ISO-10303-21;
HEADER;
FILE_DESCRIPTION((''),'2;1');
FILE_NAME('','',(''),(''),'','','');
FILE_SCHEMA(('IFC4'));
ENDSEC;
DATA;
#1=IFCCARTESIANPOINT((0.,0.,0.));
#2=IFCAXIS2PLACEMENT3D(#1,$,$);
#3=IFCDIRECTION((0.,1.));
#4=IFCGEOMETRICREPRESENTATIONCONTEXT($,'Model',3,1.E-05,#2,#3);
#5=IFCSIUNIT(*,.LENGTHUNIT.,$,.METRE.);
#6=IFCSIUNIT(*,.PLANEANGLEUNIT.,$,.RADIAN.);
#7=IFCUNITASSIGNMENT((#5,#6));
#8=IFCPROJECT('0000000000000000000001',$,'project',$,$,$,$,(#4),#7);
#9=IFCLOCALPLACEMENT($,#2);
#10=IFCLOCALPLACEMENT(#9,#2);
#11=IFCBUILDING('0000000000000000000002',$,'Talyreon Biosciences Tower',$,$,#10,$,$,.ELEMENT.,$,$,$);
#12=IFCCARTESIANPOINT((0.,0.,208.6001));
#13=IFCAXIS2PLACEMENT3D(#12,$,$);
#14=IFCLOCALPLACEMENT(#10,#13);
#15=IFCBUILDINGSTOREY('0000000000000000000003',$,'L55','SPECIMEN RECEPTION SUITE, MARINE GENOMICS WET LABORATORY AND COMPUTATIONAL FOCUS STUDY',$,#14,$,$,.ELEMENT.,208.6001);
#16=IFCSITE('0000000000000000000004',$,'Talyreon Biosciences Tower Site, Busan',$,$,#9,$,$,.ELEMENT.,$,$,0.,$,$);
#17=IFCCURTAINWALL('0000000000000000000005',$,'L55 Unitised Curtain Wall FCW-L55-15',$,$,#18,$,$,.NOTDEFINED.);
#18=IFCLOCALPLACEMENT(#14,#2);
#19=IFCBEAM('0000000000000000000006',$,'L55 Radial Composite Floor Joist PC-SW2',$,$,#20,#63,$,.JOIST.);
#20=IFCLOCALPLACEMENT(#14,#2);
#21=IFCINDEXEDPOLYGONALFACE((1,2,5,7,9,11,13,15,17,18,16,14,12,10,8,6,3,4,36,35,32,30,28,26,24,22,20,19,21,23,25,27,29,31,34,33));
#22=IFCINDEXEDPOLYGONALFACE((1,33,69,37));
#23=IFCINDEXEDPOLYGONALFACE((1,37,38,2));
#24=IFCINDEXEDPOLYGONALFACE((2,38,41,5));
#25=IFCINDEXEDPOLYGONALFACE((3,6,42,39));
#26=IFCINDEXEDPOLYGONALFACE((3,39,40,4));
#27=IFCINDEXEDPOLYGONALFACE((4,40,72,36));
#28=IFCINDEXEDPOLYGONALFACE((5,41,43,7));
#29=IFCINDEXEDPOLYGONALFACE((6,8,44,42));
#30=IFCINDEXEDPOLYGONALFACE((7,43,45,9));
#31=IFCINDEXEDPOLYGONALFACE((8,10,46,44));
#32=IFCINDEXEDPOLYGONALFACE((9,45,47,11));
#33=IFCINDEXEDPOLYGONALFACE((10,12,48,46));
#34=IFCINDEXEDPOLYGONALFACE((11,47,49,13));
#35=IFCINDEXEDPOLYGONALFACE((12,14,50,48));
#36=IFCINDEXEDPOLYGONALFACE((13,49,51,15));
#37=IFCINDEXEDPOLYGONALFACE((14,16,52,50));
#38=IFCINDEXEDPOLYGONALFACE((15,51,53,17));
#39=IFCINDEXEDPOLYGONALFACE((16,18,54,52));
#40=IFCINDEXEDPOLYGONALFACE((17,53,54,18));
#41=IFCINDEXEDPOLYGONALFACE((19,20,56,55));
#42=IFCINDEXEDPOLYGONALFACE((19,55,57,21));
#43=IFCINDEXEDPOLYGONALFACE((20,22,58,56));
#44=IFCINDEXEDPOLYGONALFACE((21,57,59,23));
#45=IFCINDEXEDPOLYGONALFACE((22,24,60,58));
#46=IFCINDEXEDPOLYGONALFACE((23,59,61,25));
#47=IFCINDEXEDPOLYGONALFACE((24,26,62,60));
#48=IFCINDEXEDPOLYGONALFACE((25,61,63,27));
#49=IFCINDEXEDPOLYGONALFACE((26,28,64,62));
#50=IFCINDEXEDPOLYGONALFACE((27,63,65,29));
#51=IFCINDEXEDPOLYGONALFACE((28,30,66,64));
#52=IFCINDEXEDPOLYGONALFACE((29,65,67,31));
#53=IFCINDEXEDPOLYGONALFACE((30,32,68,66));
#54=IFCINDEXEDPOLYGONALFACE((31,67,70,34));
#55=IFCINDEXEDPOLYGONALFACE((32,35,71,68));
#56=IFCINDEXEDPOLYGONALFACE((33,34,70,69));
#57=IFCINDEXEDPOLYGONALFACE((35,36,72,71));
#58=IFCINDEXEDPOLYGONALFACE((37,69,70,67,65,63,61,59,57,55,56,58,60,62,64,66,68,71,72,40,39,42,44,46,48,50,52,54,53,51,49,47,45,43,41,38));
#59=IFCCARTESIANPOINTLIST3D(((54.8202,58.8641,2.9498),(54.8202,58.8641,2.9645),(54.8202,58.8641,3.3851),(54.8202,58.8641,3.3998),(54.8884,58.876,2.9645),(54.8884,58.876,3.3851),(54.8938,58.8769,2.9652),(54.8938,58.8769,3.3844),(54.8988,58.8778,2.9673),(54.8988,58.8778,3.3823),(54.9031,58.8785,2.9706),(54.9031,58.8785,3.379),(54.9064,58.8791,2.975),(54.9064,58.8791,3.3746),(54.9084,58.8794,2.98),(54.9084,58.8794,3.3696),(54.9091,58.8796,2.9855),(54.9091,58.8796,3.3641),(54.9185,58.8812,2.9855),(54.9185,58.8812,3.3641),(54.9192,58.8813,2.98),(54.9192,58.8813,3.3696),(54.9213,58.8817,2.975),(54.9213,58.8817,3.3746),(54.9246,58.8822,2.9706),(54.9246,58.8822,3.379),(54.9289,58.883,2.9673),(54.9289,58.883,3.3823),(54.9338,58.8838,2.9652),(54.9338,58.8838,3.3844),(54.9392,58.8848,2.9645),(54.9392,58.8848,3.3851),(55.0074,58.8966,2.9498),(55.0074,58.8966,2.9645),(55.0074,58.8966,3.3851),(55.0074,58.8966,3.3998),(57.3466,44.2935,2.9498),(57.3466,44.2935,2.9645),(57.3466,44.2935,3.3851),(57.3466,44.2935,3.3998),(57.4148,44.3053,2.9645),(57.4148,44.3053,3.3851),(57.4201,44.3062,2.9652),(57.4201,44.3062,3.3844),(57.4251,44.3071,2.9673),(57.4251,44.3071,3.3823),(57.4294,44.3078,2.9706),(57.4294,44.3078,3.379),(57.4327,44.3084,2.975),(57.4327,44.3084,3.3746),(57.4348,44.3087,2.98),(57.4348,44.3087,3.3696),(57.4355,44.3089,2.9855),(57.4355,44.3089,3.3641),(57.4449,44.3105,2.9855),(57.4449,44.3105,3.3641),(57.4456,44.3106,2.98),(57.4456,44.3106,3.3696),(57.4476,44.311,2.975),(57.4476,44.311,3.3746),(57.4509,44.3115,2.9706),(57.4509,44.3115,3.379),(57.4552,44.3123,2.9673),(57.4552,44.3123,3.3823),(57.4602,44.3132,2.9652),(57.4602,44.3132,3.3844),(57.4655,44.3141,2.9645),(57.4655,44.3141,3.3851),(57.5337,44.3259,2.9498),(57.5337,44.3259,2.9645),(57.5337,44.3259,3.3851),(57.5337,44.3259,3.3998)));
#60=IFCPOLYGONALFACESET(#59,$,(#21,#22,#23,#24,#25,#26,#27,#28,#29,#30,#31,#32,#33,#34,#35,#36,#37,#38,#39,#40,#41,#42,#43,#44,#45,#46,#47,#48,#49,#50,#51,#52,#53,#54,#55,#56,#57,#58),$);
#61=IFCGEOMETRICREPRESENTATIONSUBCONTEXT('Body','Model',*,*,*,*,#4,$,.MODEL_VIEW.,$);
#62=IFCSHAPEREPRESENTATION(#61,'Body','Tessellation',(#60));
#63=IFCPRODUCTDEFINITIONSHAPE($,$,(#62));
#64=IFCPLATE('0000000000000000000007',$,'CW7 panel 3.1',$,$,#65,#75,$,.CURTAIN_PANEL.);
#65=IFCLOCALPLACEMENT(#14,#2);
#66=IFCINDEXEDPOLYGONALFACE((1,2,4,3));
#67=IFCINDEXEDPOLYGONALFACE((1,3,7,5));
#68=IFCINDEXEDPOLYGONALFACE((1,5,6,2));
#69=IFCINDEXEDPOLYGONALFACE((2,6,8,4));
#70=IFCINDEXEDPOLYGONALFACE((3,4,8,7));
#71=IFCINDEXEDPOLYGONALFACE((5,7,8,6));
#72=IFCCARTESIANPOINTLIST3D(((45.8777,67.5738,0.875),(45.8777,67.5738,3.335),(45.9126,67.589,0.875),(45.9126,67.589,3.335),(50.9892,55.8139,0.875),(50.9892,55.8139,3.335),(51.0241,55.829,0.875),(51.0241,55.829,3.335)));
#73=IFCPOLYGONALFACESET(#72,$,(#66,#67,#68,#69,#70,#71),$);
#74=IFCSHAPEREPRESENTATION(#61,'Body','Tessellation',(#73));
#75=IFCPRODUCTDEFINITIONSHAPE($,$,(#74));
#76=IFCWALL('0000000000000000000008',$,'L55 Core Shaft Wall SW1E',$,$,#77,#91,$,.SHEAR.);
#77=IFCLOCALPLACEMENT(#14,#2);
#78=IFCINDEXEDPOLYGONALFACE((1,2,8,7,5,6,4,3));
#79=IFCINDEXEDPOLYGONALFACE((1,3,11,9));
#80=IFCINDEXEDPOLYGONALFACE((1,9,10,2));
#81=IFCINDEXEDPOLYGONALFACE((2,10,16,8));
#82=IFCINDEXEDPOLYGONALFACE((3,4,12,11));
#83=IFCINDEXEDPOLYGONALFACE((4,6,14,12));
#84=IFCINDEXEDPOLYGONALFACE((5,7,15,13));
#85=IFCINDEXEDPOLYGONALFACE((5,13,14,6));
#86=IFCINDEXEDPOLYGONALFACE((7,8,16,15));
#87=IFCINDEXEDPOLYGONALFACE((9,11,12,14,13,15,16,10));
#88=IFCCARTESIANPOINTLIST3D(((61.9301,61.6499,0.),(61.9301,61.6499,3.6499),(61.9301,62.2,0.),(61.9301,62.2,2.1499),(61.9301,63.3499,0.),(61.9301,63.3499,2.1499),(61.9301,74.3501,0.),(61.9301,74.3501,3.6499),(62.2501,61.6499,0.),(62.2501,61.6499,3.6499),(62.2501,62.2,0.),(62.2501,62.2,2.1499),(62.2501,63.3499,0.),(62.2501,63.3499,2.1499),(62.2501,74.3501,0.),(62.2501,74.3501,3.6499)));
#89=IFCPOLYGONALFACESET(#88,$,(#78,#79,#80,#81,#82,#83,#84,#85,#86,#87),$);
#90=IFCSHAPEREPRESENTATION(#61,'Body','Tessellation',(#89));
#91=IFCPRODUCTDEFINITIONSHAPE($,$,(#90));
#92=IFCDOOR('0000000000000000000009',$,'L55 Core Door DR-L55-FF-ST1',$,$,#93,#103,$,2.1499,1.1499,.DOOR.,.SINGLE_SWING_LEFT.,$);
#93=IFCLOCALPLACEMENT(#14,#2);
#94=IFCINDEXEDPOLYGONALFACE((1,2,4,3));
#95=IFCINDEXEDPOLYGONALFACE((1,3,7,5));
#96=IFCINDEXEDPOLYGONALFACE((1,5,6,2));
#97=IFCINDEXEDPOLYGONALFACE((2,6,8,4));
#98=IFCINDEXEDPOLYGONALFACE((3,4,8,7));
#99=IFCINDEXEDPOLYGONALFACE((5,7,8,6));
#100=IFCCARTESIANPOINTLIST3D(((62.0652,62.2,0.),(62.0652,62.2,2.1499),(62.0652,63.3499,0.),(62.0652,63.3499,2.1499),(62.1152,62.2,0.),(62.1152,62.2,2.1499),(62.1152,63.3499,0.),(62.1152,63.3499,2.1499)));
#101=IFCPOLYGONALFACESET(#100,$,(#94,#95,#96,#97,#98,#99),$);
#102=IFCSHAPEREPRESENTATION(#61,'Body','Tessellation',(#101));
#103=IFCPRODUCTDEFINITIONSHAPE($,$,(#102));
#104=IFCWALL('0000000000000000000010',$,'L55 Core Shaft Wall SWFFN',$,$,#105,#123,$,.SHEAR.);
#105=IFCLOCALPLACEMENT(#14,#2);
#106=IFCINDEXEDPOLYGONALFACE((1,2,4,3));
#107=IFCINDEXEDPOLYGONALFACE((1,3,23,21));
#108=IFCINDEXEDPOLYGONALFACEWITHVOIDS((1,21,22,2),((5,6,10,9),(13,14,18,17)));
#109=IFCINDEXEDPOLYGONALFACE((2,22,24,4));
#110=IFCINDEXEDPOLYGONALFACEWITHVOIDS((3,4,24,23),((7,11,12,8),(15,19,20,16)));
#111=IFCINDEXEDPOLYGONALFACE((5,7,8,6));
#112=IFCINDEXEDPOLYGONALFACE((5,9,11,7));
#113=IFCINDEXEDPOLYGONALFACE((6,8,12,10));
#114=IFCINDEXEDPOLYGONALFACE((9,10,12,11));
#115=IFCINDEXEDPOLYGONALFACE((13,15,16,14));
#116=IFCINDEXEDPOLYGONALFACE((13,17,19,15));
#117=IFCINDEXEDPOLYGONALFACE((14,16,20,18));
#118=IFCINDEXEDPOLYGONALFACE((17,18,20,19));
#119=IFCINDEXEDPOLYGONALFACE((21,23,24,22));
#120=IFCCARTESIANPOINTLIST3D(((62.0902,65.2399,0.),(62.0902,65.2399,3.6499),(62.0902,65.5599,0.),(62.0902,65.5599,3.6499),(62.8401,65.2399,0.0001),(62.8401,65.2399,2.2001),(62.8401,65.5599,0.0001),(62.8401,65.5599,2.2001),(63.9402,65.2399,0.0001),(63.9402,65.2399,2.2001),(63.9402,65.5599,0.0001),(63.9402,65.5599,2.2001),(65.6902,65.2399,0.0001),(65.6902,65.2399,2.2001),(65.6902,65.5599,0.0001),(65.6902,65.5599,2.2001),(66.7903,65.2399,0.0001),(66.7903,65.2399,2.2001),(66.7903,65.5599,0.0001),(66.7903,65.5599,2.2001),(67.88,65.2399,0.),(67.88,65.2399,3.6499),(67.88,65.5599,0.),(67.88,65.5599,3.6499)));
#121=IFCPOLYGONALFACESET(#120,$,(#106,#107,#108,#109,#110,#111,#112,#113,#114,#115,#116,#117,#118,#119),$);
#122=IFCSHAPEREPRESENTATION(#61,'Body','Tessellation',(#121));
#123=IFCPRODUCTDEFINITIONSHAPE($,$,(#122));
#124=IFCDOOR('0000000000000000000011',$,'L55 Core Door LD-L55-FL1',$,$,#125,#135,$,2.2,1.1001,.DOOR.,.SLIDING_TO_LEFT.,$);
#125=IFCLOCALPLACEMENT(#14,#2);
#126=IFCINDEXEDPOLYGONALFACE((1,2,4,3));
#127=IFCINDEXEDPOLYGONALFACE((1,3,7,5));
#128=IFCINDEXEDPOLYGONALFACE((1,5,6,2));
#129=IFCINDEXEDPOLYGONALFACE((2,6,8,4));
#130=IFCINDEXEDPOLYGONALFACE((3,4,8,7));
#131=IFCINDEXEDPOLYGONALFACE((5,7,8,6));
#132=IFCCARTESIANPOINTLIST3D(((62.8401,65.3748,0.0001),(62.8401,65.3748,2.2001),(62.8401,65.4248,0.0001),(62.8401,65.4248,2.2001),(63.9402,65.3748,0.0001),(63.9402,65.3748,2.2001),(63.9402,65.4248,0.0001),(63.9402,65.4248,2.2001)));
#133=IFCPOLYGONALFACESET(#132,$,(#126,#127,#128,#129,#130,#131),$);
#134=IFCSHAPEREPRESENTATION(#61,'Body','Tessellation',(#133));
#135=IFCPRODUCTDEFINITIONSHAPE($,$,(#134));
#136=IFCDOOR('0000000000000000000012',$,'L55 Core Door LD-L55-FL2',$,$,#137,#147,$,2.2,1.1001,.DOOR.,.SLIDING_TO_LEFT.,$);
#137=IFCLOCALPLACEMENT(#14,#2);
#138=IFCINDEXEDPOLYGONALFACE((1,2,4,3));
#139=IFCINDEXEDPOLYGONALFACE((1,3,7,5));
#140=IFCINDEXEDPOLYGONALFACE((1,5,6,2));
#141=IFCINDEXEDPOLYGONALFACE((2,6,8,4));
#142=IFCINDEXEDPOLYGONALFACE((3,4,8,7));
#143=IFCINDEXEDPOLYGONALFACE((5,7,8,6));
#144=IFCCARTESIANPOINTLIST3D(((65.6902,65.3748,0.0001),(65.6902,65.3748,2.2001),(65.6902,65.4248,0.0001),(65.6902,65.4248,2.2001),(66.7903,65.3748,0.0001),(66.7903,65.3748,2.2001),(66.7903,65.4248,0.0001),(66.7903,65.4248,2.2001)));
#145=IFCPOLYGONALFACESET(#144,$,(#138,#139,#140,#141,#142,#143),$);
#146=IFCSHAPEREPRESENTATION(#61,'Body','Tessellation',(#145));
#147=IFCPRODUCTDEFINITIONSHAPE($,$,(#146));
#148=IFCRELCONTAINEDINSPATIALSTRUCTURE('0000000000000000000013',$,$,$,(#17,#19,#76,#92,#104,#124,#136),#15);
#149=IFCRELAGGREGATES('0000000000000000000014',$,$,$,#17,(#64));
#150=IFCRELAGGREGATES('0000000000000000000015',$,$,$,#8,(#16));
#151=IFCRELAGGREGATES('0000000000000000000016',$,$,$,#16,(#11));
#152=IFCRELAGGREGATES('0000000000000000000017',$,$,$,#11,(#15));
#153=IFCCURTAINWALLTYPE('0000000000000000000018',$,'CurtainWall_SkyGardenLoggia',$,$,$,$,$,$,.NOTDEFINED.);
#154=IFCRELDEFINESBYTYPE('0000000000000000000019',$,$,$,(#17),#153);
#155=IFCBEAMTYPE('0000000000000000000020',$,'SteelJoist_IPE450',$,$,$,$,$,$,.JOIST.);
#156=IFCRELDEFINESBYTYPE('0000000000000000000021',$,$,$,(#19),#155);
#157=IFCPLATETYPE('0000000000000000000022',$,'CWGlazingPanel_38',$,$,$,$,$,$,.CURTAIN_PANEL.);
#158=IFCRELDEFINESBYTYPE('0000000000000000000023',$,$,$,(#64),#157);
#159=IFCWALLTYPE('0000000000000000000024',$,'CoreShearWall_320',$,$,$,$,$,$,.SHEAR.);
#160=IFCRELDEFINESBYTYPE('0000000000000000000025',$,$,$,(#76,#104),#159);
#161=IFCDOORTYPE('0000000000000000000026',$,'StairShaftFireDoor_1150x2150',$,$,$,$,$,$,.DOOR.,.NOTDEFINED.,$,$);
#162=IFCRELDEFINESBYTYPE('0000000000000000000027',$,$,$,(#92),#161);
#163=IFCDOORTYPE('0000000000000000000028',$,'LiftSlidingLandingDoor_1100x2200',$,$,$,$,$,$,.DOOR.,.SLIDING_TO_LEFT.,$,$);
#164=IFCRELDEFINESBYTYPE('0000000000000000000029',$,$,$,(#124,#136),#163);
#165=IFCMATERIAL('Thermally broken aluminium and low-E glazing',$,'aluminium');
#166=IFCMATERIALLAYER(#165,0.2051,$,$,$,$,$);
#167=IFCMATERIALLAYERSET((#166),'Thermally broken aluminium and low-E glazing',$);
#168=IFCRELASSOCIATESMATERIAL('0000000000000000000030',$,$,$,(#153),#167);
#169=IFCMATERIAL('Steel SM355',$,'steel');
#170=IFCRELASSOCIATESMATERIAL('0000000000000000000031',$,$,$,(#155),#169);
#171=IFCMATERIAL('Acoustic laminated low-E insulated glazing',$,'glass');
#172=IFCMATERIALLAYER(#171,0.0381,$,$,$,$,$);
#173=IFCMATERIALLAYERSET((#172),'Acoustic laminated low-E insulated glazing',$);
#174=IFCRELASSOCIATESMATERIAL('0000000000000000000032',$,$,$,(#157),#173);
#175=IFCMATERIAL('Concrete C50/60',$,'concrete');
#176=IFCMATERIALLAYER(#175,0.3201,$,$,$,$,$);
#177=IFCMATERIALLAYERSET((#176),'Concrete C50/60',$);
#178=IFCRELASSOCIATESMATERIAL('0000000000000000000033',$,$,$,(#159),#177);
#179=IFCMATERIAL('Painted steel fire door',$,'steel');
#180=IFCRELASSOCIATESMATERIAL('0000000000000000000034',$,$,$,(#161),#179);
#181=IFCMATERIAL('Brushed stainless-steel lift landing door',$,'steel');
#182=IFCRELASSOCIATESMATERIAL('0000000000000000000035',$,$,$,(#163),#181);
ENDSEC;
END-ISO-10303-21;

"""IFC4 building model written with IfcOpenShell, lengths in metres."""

from ifc_helpers import new_model, si_unit, direction, frame, frame_2d, origin, origin_2d, place, context, subcontext, project, spatial, rectangle, i_section, extrude, material, layer, layer_set, material_profile, profile_set, type_object, element, fill, aggregate, save


model = new_model("IFC4")

# Units and contexts
model_context = context("Model", 3, precision=1e-05, world=origin(), true_north=direction((0.0, 1.0)))
body_context = subcontext(model_context, "Body", "Model", "MODEL_VIEW")
ifc_project = project(units=[si_unit("LENGTHUNIT", "METRE"), si_unit("PLANEANGLEUNIT", "RADIAN")], contexts=[model_context])

# Site, building, storey
site_placement = place(None, origin())
site = spatial("IfcSite", under=ifc_project, at=site_placement, Name="Talyreon Biosciences Tower Site, Busan", CompositionType="ELEMENT", RefElevation=0.0)
building_placement = place(site_placement, origin())
building = spatial("IfcBuilding", under=site, at=building_placement, Name="Talyreon Biosciences Tower", CompositionType="ELEMENT")
storey_placement = place(building_placement, frame((0.0, 0.0, 208.6001)))
storey = spatial("IfcBuildingStorey", under=building, at=storey_placement, Name="L55", Description="SPECIMEN RECEPTION SUITE, MARINE GENOMICS WET LABORATORY AND COMPUTATIONAL FOCUS STUDY", CompositionType="ELEMENT", Elevation=208.6001)

# Shared definitions
ifc_material_1 = material(Name="Concrete C50/60", Category="concrete")

# Curtain wall
ifc_material_2 = material(Name="Thermally broken aluminium and low-E glazing", Category="aluminium")
ifc_layer_1 = layer(ifc_material_2, 0.2051)
ifc_layer_set_1 = layer_set([ifc_layer_1], Name="Thermally broken aluminium and low-E glazing")
curtain_wall_type = type_object("IfcCurtainWallType", Name="CurtainWall_SkyGardenLoggia", PredefinedType="NOTDEFINED", material=ifc_layer_set_1)
curtain_wall_placement = place(storey_placement, origin())
curtain_wall = element("IfcCurtainWall", 1, at=curtain_wall_placement, inside=storey, type_object=curtain_wall_type, Name="L55 Unitised Curtain Wall FCW-L55-15", PredefinedType="NOTDEFINED")

# Beam
ifc_material_3 = material(Name="Steel SM355", Category="steel")
ifc_material_profile_1 = material_profile(ifc_material_3, i_section(OverallWidth=0.1899, OverallDepth=0.45, WebThickness=0.0095, FlangeThickness=0.0146, FilletRadius=0.021, at=origin_2d()), Name="IPE450")
ifc_profile_set_1 = profile_set([ifc_material_profile_1], Name="Steel SM355")
beam_type_1 = type_object("IfcBeamType", Name="SteelJoist_IPE450", PredefinedType="JOIST", material=ifc_profile_set_1)
beam_1_placement = place(storey_placement, frame((54.9138, 58.8804, 3.1748), z_axis=(0.170837, -0.985299, 0.0), x_axis=(0.985299, 0.170837, 0.0)))
element("IfcBeam", 2, at=beam_1_placement, inside=storey, type_object=beam_type_1, Name="L55 Radial Composite Floor Joist PC-SW2", PredefinedType="JOIST", context=body_context, shape_type="SweptSolid", body=[
    extrude(i_section(OverallWidth=0.1899, OverallDepth=0.45, WebThickness=0.0095, FlangeThickness=0.0146, FilletRadius=0.021, at=origin_2d()), origin(), (0.0, 0.0, 1.0), 14.7881),
])

# Plate
ifc_material_4 = material(Name="Acoustic laminated low-E insulated glazing", Category="glass")
ifc_layer_2 = layer(ifc_material_4, 0.0381)
ifc_layer_set_2 = layer_set([ifc_layer_2], Name="Acoustic laminated low-E insulated glazing")
plate_type = type_object("IfcPlateType", Name="CWGlazingPanel_38", PredefinedType="CURTAIN_PANEL", material=ifc_layer_set_2)
plate_placement = place(storey_placement, frame((48.4509, 61.7014, 0.875), z_axis=(0.0, 0.0, 1.0), x_axis=(-0.398626, 0.917113, 0.0)))
plate = element("IfcPlate", 3, at=plate_placement, type_object=plate_type, Name="CW7 panel 3.1", PredefinedType="CURTAIN_PANEL", context=body_context, shape_type="SweptSolid", body=[
    extrude(rectangle(XDim=12.8228, YDim=0.0381, at=origin_2d()), origin(), (0.0, 0.0, 1.0), 2.46),
])
aggregate(curtain_wall, [plate])

# Wall, opening, door
ifc_layer_3 = layer(ifc_material_1, 0.3201)
ifc_layer_set_3 = layer_set([ifc_layer_3], Name="Concrete C50/60")
wall_type_1 = type_object("IfcWallType", Name="CoreShearWall_320", PredefinedType="SHEAR", material=ifc_layer_set_3)
wall_1_placement = place(storey_placement, frame((62.0901, 61.6499, 0.0), z_axis=(0.0, 0.0, 1.0), x_axis=(0.0, 1.0, 0.0)))
wall_1 = element("IfcWall", 4, at=wall_1_placement, inside=storey, type_object=wall_type_1, Name="L55 Core Shaft Wall SW1E", PredefinedType="SHEAR", context=body_context, shape_type="SweptSolid", body=[
    extrude(rectangle(XDim=12.7002, YDim=0.3201, at=frame_2d((6.3501, 0.0))), origin(), (0.0, 0.0, 1.0), 3.6499),
])
opening_1_placement = place(wall_1_placement, frame((0.55, 0.0, 0.0)))
opening_1 = element("IfcOpeningElement", 5, at=opening_1_placement, cuts=wall_1, PredefinedType="OPENING", context=body_context, shape_type="SweptSolid", body=[
    extrude(rectangle(XDim=1.1499, YDim=2.1499, at=frame_2d((0.575, 1.075))), frame((0.0, 0.1699, 0.0), z_axis=(0.0, -1.0, 0.0), x_axis=(1.0, 0.0, 0.0)), (0.0, 0.0, 1.0), 0.3401),
])
ifc_material_5 = material(Name="Painted steel fire door", Category="steel")
door_type_1 = type_object("IfcDoorType", Name="StairShaftFireDoor_1150x2150", OperationType="NOTDEFINED", PredefinedType="DOOR", material=ifc_material_5)
door_1_placement = place(opening_1_placement, origin())
door_1 = element("IfcDoor", 6, at=door_1_placement, inside=storey, type_object=door_type_1, Name="L55 Core Door DR-L55-FF-ST1", OperationType="SINGLE_SWING_LEFT", OverallHeight=2.1499, OverallWidth=1.1499, PredefinedType="DOOR", context=body_context, shape_type="SweptSolid", body=[
    extrude(rectangle(XDim=1.1499, YDim=2.1499, at=frame_2d((0.575, 1.075))), frame((0.0, 0.0249, 0.0), z_axis=(0.0, -1.0, 0.0), x_axis=(1.0, 0.0, 0.0)), (0.0, 0.0, 1.0), 0.05),
])
fill(opening_1, door_1)

# Wall, openings, doors
wall_2_placement = place(storey_placement, frame((62.0901, 65.3999, 0.0), z_axis=(0.0, 0.0, 1.0), x_axis=(1.0, 0.0, 0.0)))
wall_2 = element("IfcWall", 7, at=wall_2_placement, inside=storey, type_object=wall_type_1, Name="L55 Core Shaft Wall SWFFN", PredefinedType="SHEAR", context=body_context, shape_type="SweptSolid", body=[
    extrude(rectangle(XDim=5.7898, YDim=0.3201, at=frame_2d((2.895, 0.0))), origin(), (0.0, 0.0, 1.0), 3.6499),
])
opening_2_placement = place(wall_2_placement, frame((0.75, 0.0, 0.0)))
opening_2 = element("IfcOpeningElement", 8, at=opening_2_placement, cuts=wall_2, PredefinedType="OPENING", context=body_context, shape_type="SweptSolid", body=[
    extrude(rectangle(XDim=1.1001, YDim=2.2, at=frame_2d((0.55, 1.1001))), frame((0.0, 0.1699, 0.0), z_axis=(0.0, -1.0, 0.0), x_axis=(1.0, 0.0, 0.0)), (0.0, 0.0, 1.0), 0.3401),
])
opening_3_placement = place(wall_2_placement, frame((3.6001, 0.0, 0.0)))
opening_3 = element("IfcOpeningElement", 9, at=opening_3_placement, cuts=wall_2, PredefinedType="OPENING", context=body_context, shape_type="SweptSolid", body=[
    extrude(rectangle(XDim=1.1001, YDim=2.2, at=frame_2d((0.55, 1.1001))), frame((0.0, 0.1699, 0.0), z_axis=(0.0, -1.0, 0.0), x_axis=(1.0, 0.0, 0.0)), (0.0, 0.0, 1.0), 0.3401),
])
ifc_material_6 = material(Name="Brushed stainless-steel lift landing door", Category="steel")
door_type_2 = type_object("IfcDoorType", Name="LiftSlidingLandingDoor_1100x2200", OperationType="SLIDING_TO_LEFT", PredefinedType="DOOR", material=ifc_material_6)
door_2_placement = place(opening_2_placement, origin())
door_2 = element("IfcDoor", 10, at=door_2_placement, inside=storey, type_object=door_type_2, Name="L55 Core Door LD-L55-FL1", OperationType="SLIDING_TO_LEFT", OverallHeight=2.2, OverallWidth=1.1001, PredefinedType="DOOR", context=body_context, shape_type="SweptSolid", body=[
    extrude(rectangle(XDim=1.1001, YDim=2.2, at=frame_2d((0.55, 1.1001))), frame((0.0, 0.0249, 0.0), z_axis=(0.0, -1.0, 0.0), x_axis=(1.0, 0.0, 0.0)), (0.0, 0.0, 1.0), 0.05),
])
fill(opening_2, door_2)
door_3_placement = place(opening_3_placement, origin())
door_3 = element("IfcDoor", 11, at=door_3_placement, inside=storey, type_object=door_type_2, Name="L55 Core Door LD-L55-FL2", OperationType="SLIDING_TO_LEFT", OverallHeight=2.2, OverallWidth=1.1001, PredefinedType="DOOR", context=body_context, shape_type="SweptSolid", body=[
    extrude(rectangle(XDim=1.1001, YDim=2.2, at=frame_2d((0.55, 1.1001))), frame((0.0, 0.0249, 0.0), z_axis=(0.0, -1.0, 0.0), x_axis=(1.0, 0.0, 0.0)), (0.0, 0.0, 1.0), 0.05),
])
fill(opening_3, door_3)

save(model, "model.ifc")
